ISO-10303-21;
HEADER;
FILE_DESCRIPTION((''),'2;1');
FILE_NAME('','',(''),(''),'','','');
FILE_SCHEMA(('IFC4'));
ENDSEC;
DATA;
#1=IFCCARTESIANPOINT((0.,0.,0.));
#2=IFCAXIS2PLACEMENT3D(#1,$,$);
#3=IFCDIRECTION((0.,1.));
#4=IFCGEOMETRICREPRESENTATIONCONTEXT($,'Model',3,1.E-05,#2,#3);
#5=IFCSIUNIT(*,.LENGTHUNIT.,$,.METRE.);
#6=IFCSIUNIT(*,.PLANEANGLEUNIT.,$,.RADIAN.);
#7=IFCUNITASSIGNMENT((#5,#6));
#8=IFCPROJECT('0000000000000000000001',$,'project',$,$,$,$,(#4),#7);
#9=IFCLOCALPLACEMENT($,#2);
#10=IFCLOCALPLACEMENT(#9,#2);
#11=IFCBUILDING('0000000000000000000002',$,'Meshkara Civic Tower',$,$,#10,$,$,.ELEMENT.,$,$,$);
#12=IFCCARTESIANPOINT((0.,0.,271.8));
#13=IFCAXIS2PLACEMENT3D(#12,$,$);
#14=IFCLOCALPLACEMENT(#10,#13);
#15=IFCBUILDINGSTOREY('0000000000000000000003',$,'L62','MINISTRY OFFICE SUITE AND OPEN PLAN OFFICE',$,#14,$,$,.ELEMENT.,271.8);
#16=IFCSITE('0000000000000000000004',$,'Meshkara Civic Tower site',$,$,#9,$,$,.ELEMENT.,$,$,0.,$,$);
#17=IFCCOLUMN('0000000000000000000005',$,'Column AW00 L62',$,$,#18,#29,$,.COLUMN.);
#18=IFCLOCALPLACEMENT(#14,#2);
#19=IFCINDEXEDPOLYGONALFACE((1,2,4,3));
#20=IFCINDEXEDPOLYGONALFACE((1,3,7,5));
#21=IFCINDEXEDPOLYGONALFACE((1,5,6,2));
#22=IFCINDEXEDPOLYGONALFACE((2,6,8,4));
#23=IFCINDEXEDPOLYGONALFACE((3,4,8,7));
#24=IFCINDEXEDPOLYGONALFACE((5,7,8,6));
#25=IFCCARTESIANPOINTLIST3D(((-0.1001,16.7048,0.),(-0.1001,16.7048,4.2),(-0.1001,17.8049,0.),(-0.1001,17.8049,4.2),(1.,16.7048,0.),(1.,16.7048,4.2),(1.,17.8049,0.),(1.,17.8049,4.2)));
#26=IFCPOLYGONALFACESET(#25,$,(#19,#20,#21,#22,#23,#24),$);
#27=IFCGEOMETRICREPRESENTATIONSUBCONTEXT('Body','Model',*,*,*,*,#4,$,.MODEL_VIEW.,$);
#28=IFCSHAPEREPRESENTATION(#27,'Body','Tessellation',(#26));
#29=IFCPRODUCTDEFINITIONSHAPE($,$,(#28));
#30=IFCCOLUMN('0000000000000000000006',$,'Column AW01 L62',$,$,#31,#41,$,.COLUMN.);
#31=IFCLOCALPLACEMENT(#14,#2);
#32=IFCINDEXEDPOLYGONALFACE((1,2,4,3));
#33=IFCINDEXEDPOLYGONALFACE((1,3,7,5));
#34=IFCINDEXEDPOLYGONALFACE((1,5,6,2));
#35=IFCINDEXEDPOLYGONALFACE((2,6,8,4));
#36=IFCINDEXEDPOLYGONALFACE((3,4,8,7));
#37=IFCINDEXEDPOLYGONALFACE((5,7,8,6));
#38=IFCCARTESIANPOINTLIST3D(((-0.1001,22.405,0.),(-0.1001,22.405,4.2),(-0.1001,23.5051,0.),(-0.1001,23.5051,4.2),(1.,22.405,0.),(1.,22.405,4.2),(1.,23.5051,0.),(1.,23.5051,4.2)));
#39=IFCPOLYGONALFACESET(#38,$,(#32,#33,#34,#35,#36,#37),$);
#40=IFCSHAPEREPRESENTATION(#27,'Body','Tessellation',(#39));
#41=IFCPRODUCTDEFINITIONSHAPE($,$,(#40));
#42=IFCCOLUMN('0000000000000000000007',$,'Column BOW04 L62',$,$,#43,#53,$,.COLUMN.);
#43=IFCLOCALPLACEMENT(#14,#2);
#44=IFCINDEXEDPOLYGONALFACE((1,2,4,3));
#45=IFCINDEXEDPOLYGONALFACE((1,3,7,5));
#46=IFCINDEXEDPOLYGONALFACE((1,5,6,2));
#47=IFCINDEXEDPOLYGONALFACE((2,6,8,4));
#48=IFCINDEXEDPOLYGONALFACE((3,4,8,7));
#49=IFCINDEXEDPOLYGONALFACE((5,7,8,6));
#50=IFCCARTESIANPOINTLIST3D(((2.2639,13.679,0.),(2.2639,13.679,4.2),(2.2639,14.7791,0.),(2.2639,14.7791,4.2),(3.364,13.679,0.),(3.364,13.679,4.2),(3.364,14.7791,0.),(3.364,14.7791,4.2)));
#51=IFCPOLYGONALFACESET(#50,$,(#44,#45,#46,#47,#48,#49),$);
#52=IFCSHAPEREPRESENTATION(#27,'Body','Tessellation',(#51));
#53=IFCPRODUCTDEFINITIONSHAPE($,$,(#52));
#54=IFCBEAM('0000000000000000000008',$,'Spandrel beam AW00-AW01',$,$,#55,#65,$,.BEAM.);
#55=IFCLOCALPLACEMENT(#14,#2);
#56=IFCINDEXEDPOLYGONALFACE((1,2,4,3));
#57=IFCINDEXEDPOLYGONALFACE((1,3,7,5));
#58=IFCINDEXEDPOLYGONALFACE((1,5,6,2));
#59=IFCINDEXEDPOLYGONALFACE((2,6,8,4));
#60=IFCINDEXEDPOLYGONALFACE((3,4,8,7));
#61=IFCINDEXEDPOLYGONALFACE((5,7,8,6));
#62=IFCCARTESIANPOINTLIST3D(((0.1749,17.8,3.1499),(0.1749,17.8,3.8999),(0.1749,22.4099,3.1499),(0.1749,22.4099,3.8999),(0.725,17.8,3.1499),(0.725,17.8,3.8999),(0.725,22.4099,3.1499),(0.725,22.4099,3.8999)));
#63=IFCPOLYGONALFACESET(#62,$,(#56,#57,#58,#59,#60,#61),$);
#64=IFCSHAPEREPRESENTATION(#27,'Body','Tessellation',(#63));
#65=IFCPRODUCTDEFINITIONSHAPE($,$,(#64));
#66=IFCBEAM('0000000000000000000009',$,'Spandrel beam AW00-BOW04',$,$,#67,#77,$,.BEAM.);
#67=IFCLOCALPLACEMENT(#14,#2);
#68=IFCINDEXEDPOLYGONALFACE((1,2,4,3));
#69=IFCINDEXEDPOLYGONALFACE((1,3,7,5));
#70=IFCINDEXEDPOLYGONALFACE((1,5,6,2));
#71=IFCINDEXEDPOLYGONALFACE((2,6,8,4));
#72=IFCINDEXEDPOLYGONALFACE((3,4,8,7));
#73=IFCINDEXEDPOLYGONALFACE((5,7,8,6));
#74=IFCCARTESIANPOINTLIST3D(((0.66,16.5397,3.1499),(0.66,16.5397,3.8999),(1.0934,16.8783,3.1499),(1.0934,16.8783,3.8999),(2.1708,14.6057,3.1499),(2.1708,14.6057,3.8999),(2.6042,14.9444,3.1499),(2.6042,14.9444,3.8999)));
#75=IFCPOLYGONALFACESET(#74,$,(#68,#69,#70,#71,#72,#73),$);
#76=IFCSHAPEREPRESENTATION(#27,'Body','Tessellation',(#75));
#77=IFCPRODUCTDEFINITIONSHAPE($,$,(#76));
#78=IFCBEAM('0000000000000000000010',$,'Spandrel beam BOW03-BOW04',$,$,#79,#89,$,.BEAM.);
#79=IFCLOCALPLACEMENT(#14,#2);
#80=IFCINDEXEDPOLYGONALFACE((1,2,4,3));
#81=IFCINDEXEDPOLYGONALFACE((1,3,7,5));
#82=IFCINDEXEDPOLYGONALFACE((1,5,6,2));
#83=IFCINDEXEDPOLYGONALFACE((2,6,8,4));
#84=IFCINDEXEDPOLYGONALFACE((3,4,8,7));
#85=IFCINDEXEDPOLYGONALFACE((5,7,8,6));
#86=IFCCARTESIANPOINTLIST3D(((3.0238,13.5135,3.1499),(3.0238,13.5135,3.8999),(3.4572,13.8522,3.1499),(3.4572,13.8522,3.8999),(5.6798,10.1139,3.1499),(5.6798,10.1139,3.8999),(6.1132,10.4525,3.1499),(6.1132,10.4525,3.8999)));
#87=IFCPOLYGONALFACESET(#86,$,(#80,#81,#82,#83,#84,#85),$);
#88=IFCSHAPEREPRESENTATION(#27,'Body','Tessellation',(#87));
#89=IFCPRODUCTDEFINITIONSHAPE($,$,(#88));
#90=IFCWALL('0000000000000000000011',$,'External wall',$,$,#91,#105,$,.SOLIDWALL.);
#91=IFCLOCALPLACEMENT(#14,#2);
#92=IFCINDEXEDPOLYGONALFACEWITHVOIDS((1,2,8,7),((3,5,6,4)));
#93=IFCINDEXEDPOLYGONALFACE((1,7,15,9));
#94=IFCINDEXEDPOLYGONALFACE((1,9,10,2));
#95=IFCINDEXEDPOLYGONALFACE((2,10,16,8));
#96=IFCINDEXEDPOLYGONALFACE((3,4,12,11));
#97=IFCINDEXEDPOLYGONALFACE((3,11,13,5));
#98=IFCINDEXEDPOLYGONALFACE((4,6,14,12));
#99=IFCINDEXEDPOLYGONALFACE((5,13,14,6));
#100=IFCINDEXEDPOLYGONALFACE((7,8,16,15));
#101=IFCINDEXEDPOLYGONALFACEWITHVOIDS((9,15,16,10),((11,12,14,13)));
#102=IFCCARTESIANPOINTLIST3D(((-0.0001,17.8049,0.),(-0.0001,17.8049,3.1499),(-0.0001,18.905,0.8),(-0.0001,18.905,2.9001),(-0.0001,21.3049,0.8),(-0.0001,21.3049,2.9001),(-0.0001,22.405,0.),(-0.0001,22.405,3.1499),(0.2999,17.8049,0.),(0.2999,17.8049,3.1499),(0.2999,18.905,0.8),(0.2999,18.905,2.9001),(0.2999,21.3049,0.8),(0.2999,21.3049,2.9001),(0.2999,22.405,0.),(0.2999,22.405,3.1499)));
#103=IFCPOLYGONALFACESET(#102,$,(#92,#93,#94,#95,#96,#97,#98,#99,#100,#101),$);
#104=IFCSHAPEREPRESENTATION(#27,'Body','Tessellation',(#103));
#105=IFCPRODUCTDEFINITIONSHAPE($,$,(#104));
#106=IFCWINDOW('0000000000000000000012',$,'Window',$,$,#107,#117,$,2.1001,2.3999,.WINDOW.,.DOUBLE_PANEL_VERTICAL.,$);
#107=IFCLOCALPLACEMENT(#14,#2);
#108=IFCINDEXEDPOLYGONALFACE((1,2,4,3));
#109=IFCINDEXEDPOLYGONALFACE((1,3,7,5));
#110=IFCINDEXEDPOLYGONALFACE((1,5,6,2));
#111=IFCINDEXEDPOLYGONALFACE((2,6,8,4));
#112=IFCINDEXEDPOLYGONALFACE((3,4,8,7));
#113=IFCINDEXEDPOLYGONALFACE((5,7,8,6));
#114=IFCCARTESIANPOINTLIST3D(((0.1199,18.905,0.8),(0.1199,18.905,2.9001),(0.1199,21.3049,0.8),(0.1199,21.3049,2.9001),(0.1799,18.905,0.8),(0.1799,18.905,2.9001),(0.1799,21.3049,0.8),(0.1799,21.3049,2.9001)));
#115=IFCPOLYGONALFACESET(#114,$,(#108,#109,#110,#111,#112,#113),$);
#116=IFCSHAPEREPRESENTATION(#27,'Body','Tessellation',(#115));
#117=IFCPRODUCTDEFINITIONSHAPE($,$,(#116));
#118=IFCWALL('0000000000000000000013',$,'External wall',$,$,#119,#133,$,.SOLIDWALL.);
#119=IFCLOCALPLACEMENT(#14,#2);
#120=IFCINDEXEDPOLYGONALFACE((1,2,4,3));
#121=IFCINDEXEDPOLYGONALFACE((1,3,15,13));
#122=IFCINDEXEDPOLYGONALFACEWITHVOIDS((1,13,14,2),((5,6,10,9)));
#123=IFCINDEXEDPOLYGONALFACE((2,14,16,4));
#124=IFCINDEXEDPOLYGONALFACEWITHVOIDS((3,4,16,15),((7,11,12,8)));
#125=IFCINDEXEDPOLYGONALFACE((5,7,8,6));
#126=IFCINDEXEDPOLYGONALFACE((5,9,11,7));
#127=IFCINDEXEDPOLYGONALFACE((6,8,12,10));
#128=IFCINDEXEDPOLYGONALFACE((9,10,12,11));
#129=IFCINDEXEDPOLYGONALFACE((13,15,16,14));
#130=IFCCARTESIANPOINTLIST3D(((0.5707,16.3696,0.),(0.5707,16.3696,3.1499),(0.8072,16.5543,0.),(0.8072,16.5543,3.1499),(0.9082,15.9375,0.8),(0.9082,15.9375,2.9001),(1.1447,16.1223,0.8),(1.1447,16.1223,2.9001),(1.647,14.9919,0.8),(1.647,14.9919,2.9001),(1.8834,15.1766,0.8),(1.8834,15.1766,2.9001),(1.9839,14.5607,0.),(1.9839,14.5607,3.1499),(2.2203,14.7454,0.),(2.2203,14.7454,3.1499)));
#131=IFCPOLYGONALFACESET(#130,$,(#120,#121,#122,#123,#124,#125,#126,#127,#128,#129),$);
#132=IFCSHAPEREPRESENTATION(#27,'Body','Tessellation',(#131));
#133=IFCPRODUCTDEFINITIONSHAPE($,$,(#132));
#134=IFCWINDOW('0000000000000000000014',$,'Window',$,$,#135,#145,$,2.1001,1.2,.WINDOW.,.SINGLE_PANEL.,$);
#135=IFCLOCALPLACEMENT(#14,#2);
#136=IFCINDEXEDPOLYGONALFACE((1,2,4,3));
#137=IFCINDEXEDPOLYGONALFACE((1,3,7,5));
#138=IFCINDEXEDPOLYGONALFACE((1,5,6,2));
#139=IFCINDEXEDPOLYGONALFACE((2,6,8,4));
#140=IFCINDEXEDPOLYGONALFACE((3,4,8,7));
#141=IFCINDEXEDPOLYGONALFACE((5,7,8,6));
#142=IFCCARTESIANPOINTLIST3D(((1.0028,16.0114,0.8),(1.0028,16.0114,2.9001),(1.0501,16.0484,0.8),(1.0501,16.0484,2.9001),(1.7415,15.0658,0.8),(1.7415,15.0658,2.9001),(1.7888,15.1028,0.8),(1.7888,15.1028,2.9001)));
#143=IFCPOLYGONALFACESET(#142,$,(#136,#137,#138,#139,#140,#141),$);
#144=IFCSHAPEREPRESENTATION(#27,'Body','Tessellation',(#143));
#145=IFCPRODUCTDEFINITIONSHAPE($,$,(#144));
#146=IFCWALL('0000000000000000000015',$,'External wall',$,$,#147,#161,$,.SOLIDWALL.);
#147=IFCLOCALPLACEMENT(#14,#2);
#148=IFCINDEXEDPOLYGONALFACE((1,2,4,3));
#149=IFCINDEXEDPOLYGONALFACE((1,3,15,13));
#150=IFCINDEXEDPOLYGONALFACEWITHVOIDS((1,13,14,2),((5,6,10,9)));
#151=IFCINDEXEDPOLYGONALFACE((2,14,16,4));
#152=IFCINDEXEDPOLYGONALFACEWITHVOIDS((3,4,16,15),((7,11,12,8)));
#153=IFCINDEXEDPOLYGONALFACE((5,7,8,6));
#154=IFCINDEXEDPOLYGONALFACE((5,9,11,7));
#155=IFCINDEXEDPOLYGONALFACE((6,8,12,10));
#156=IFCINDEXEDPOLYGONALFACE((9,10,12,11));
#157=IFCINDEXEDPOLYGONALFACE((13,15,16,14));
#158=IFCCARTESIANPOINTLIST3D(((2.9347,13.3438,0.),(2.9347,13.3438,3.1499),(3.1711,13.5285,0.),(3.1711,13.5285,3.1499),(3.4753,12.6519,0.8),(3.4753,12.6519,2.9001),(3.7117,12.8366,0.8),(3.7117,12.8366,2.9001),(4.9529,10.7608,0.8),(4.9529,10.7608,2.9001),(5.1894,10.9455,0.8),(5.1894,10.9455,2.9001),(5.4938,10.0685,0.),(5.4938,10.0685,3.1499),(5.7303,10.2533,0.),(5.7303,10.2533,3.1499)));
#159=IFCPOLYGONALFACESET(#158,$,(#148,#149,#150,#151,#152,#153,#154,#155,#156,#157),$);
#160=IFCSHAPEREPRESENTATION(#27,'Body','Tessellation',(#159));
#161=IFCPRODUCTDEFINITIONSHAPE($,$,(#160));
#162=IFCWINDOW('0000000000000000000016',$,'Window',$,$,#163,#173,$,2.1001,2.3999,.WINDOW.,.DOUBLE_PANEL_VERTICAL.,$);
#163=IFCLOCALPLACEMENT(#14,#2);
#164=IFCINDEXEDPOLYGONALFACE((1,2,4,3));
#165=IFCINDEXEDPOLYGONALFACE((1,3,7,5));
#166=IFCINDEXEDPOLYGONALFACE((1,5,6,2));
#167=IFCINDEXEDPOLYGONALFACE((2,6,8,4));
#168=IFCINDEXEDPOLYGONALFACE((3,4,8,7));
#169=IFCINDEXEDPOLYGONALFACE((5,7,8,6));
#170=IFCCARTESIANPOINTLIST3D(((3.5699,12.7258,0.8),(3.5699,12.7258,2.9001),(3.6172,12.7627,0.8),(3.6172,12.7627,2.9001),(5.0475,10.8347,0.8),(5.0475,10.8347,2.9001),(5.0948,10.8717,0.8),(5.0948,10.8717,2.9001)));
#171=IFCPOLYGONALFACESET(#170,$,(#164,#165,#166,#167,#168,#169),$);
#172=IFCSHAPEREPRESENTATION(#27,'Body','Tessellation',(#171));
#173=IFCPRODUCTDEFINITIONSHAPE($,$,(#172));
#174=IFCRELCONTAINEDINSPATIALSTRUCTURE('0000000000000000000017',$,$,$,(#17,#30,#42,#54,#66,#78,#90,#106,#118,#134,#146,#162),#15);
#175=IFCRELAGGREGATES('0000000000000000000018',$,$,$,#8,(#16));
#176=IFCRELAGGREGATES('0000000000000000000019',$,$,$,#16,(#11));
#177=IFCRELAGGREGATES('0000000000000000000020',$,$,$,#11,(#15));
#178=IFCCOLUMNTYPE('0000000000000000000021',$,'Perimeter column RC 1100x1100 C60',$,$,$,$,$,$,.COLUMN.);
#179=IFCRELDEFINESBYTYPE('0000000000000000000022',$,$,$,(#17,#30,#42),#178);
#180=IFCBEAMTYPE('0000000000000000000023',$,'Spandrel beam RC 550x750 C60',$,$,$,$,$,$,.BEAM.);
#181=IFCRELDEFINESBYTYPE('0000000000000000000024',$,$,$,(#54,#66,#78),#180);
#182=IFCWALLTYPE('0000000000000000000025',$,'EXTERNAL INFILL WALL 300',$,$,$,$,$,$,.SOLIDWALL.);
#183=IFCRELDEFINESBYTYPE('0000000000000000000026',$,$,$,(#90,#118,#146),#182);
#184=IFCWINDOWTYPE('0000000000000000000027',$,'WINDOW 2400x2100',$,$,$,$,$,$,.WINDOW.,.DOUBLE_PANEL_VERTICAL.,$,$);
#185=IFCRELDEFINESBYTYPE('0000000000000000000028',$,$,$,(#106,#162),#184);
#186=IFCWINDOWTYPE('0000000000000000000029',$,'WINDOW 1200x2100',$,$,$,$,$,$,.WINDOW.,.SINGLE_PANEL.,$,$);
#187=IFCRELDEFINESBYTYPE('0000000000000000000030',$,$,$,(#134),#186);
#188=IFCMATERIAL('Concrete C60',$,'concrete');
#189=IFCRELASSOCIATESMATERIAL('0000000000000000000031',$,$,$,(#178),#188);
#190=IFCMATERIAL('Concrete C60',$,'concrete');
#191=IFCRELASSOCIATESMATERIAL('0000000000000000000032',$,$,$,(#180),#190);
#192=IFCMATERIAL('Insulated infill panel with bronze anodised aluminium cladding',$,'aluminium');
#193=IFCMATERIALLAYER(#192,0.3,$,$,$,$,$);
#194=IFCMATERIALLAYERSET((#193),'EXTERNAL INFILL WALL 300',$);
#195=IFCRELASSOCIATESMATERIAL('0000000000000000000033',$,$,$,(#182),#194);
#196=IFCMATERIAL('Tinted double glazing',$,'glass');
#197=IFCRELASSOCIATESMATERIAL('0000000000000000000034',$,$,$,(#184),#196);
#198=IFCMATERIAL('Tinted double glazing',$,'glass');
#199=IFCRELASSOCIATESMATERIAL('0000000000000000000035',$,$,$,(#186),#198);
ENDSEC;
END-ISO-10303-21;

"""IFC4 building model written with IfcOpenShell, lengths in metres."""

from ifc_helpers import new_model, si_unit, direction, frame, frame_2d, origin, origin_2d, place, context, subcontext, project, spatial, rectangle, extrude, material, layer, layer_set, material_profile, profile_set, type_object, element, fill, save


model = new_model("IFC4")

# Units and contexts
model_context = context("Model", 3, precision=1e-05, world=origin(), true_north=direction((0.0, 1.0)))
body_context = subcontext(model_context, "Body", "Model", "MODEL_VIEW")
ifc_project = project(units=[si_unit("LENGTHUNIT", "METRE"), si_unit("PLANEANGLEUNIT", "RADIAN")], contexts=[model_context])

# Site, building, storey
site_placement = place(None, origin())
site = spatial("IfcSite", under=ifc_project, at=site_placement, Name="Meshkara Civic Tower site", CompositionType="ELEMENT", RefElevation=0.0)
building_placement = place(site_placement, origin())
building = spatial("IfcBuilding", under=site, at=building_placement, Name="Meshkara Civic Tower", CompositionType="ELEMENT")
storey_placement = place(building_placement, frame((0.0, 0.0, 271.8)))
storey = spatial("IfcBuildingStorey", under=building, at=storey_placement, Name="L62", Description="MINISTRY OFFICE SUITE AND OPEN PLAN OFFICE", CompositionType="ELEMENT", Elevation=271.8)

# Columns
ifc_material_1 = material(Name="Concrete C60", Category="concrete")
ifc_material_profile_1 = material_profile(ifc_material_1, rectangle(XDim=1.1001, YDim=1.1001, at=origin_2d()))
ifc_profile_set_1 = profile_set([ifc_material_profile_1], Name="Concrete C60")
column_type = type_object("IfcColumnType", Name="Perimeter column RC 1100x1100 C60", PredefinedType="COLUMN", material=ifc_profile_set_1)
for number, where, z_axis, x_axis, name in (
    (1, (0.45, 17.2549, 0.0), (0.0, 0.0, 1.0), (1.0, 0.0, 0.0), "Column AW00 L62"),
    (2, (0.45, 22.9551, 0.0), (0.0, 0.0, 1.0), (1.0, 0.0, 0.0), "Column AW01 L62"),
    (3, (2.814, 14.229, 0.0), (0.0, 0.0, 1.0), (1.0, 0.0, 0.0), "Column BOW04 L62"),
):
    element("IfcColumn", number, at=place(storey_placement, frame(where, z_axis=z_axis, x_axis=x_axis)), inside=storey, type_object=column_type, Name=name, PredefinedType="COLUMN", context=body_context, shape_type="SweptSolid", body=[
        extrude(rectangle(XDim=1.1001, YDim=1.1001, at=origin_2d()), origin(), (0.0, 0.0, 1.0), 4.2),
    ])

# Beams
ifc_material_2 = material(Name="Concrete C60", Category="concrete")
ifc_material_profile_2 = material_profile(ifc_material_2, rectangle(XDim=0.55, YDim=0.75, at=origin_2d()))
ifc_profile_set_2 = profile_set([ifc_material_profile_2], Name="Concrete C60")
beam_type = type_object("IfcBeamType", Name="Spandrel beam RC 550x750 C60", PredefinedType="BEAM", material=ifc_profile_set_2)
beam_1_placement = place(storey_placement, frame((0.45, 22.4099, 3.5249), z_axis=(0.0, -1.0, 0.0), x_axis=(1.0, 0.0, 0.0)))
element("IfcBeam", 4, at=beam_1_placement, inside=storey, type_object=beam_type, Name="Spandrel beam AW00-AW01", PredefinedType="BEAM", context=body_context, shape_type="SweptSolid", body=[
    extrude(rectangle(XDim=0.55, YDim=0.75, at=origin_2d()), origin(), (0.0, 0.0, 1.0), 4.6099),
])
beam_2_placement = place(storey_placement, frame((0.8767, 16.709, 3.5249), z_axis=(0.615627, -0.788038, 0.0), x_axis=(0.788038, 0.615627, 0.0)))
element("IfcBeam", 5, at=beam_2_placement, inside=storey, type_object=beam_type, Name="Spandrel beam AW00-BOW04", PredefinedType="BEAM", context=body_context, shape_type="SweptSolid", body=[
    extrude(rectangle(XDim=0.55, YDim=0.75, at=origin_2d()), origin(), (0.0, 0.0, 1.0), 2.4541),
])
beam_3_placement = place(storey_placement, frame((3.2405, 13.6829, 3.5249), z_axis=(0.615647, -0.788022, 0.0), x_axis=(0.788022, 0.615647, 0.0)))
element("IfcBeam", 6, at=beam_3_placement, inside=storey, type_object=beam_type, Name="Spandrel beam BOW03-BOW04", PredefinedType="BEAM", context=body_context, shape_type="SweptSolid", body=[
    extrude(rectangle(XDim=0.55, YDim=0.75, at=origin_2d()), origin(), (0.0, 0.0, 1.0), 4.3142),
])

# Walls, openings, windows
ifc_material_3 = material(Name="Insulated infill panel with bronze anodised aluminium cladding", Category="aluminium")
ifc_layer = layer(ifc_material_3, 0.3)
ifc_layer_set = layer_set([ifc_layer], Name="EXTERNAL INFILL WALL 300")
wall_type = type_object("IfcWallType", Name="EXTERNAL INFILL WALL 300", PredefinedType="SOLIDWALL", material=ifc_layer_set)
wall_1_placement = place(storey_placement, frame((0.1499, 22.405, 0.0), z_axis=(0.0, 0.0, 1.0), x_axis=(0.0, -1.0, 0.0)))
wall_1 = element("IfcWall", 7, at=wall_1_placement, inside=storey, type_object=wall_type, Name="External wall", PredefinedType="SOLIDWALL", context=body_context, shape_type="SweptSolid", body=[
    extrude(rectangle(XDim=4.6001, YDim=0.3, at=frame_2d((2.3, 0.0))), origin(), (0.0, 0.0, 1.0), 3.1499),
])
opening_1_placement = place(wall_1_placement, frame((1.1001, 0.0, 0.8)))
opening_1 = element("IfcOpeningElement", 8, at=opening_1_placement, cuts=wall_1, PredefinedType="OPENING", context=body_context, shape_type="SweptSolid", body=[
    extrude(rectangle(XDim=2.3999, YDim=2.1001, at=frame_2d((1.2, 1.05))), frame((0.0, 0.1599, 0.0), z_axis=(0.0, -1.0, 0.0), x_axis=(1.0, 0.0, 0.0)), (0.0, 0.0, 1.0), 0.3201),
])
ifc_material_4 = material(Name="Tinted double glazing", Category="glass")
window_type_1 = type_object("IfcWindowType", Name="WINDOW 2400x2100", PartitioningType="DOUBLE_PANEL_VERTICAL", PredefinedType="WINDOW", material=ifc_material_4)
window_1_placement = place(opening_1_placement, origin())
window_1 = element("IfcWindow", 9, at=window_1_placement, inside=storey, type_object=window_type_1, Name="Window", OverallHeight=2.1001, OverallWidth=2.3999, PartitioningType="DOUBLE_PANEL_VERTICAL", PredefinedType="WINDOW", context=body_context, shape_type="SweptSolid", body=[
    extrude(rectangle(XDim=2.3999, YDim=2.1001, at=frame_2d((1.2, 1.05))), frame((0.0, 0.03, 0.0), z_axis=(0.0, -1.0, 0.0), x_axis=(1.0, 0.0, 0.0)), (0.0, 0.0, 1.0), 0.0601),
])
fill(opening_1, window_1)
wall_2_placement = place(storey_placement, frame((0.689, 16.4619, 0.0), z_axis=(0.0, 0.0, 1.0), x_axis=(0.615625, -0.788039, 0.0)))
wall_2 = element("IfcWall", 10, at=wall_2_placement, inside=storey, type_object=wall_type, Name="External wall", PredefinedType="SOLIDWALL", context=body_context, shape_type="SweptSolid", body=[
    extrude(rectangle(XDim=2.2954, YDim=0.3, at=frame_2d((1.1477, 0.0))), origin(), (0.0, 0.0, 1.0), 3.1499),
])
opening_2_placement = place(wall_2_placement, frame((0.5481, 0.0, 0.8)))
opening_2 = element("IfcOpeningElement", 11, at=opening_2_placement, cuts=wall_2, PredefinedType="OPENING", context=body_context, shape_type="SweptSolid", body=[
    extrude(rectangle(XDim=1.2, YDim=2.1001, at=frame_2d((0.6001, 1.05))), frame((0.0, 0.1599, 0.0), z_axis=(0.0, -1.0, 0.0), x_axis=(1.0, 0.0, 0.0)), (0.0, 0.0, 1.0), 0.3201),
])
ifc_material_5 = material(Name="Tinted double glazing", Category="glass")
window_type_2 = type_object("IfcWindowType", Name="WINDOW 1200x2100", PartitioningType="SINGLE_PANEL", PredefinedType="WINDOW", material=ifc_material_5)
window_2_placement = place(opening_2_placement, origin())
window_2 = element("IfcWindow", 12, at=window_2_placement, inside=storey, type_object=window_type_2, Name="Window", OverallHeight=2.1001, OverallWidth=1.2, PartitioningType="SINGLE_PANEL", PredefinedType="WINDOW", context=body_context, shape_type="SweptSolid", body=[
    extrude(rectangle(XDim=1.2, YDim=2.1001, at=frame_2d((0.6001, 1.05))), frame((0.0, 0.03, 0.0), z_axis=(0.0, -1.0, 0.0), x_axis=(1.0, 0.0, 0.0)), (0.0, 0.0, 1.0), 0.0601),
])
fill(opening_2, window_2)
wall_3_placement = place(storey_placement, frame((3.053, 13.436, 0.0), z_axis=(0.0, 0.0, 1.0), x_axis=(0.6157, -0.787981, 0.0)))
wall_3 = element("IfcWall", 13, at=wall_3_placement, inside=storey, type_object=wall_type, Name="External wall", PredefinedType="SOLIDWALL", context=body_context, shape_type="SweptSolid", body=[
    extrude(rectangle(XDim=4.1565, YDim=0.3, at=frame_2d((2.0781, 0.0))), origin(), (0.0, 0.0, 1.0), 3.1499),
])
opening_3_placement = place(wall_3_placement, frame((0.8779, 0.0, 0.8)))
opening_3 = element("IfcOpeningElement", 14, at=opening_3_placement, cuts=wall_3, PredefinedType="OPENING", context=body_context, shape_type="SweptSolid", body=[
    extrude(rectangle(XDim=2.3999, YDim=2.1001, at=frame_2d((1.2, 1.05))), frame((0.0, 0.1599, 0.0), z_axis=(0.0, -1.0, 0.0), x_axis=(1.0, 0.0, 0.0)), (0.0, 0.0, 1.0), 0.3201),
])
window_3_placement = place(opening_3_placement, origin())
window_3 = element("IfcWindow", 15, at=window_3_placement, inside=storey, type_object=window_type_1, Name="Window", OverallHeight=2.1001, OverallWidth=2.3999, PartitioningType="DOUBLE_PANEL_VERTICAL", PredefinedType="WINDOW", context=body_context, shape_type="SweptSolid", body=[
    extrude(rectangle(XDim=2.3999, YDim=2.1001, at=frame_2d((1.2, 1.05))), frame((0.0, 0.03, 0.0), z_axis=(0.0, -1.0, 0.0), x_axis=(1.0, 0.0, 0.0)), (0.0, 0.0, 1.0), 0.0601),
])
fill(opening_3, window_3)

save(model, "model.ifc")
